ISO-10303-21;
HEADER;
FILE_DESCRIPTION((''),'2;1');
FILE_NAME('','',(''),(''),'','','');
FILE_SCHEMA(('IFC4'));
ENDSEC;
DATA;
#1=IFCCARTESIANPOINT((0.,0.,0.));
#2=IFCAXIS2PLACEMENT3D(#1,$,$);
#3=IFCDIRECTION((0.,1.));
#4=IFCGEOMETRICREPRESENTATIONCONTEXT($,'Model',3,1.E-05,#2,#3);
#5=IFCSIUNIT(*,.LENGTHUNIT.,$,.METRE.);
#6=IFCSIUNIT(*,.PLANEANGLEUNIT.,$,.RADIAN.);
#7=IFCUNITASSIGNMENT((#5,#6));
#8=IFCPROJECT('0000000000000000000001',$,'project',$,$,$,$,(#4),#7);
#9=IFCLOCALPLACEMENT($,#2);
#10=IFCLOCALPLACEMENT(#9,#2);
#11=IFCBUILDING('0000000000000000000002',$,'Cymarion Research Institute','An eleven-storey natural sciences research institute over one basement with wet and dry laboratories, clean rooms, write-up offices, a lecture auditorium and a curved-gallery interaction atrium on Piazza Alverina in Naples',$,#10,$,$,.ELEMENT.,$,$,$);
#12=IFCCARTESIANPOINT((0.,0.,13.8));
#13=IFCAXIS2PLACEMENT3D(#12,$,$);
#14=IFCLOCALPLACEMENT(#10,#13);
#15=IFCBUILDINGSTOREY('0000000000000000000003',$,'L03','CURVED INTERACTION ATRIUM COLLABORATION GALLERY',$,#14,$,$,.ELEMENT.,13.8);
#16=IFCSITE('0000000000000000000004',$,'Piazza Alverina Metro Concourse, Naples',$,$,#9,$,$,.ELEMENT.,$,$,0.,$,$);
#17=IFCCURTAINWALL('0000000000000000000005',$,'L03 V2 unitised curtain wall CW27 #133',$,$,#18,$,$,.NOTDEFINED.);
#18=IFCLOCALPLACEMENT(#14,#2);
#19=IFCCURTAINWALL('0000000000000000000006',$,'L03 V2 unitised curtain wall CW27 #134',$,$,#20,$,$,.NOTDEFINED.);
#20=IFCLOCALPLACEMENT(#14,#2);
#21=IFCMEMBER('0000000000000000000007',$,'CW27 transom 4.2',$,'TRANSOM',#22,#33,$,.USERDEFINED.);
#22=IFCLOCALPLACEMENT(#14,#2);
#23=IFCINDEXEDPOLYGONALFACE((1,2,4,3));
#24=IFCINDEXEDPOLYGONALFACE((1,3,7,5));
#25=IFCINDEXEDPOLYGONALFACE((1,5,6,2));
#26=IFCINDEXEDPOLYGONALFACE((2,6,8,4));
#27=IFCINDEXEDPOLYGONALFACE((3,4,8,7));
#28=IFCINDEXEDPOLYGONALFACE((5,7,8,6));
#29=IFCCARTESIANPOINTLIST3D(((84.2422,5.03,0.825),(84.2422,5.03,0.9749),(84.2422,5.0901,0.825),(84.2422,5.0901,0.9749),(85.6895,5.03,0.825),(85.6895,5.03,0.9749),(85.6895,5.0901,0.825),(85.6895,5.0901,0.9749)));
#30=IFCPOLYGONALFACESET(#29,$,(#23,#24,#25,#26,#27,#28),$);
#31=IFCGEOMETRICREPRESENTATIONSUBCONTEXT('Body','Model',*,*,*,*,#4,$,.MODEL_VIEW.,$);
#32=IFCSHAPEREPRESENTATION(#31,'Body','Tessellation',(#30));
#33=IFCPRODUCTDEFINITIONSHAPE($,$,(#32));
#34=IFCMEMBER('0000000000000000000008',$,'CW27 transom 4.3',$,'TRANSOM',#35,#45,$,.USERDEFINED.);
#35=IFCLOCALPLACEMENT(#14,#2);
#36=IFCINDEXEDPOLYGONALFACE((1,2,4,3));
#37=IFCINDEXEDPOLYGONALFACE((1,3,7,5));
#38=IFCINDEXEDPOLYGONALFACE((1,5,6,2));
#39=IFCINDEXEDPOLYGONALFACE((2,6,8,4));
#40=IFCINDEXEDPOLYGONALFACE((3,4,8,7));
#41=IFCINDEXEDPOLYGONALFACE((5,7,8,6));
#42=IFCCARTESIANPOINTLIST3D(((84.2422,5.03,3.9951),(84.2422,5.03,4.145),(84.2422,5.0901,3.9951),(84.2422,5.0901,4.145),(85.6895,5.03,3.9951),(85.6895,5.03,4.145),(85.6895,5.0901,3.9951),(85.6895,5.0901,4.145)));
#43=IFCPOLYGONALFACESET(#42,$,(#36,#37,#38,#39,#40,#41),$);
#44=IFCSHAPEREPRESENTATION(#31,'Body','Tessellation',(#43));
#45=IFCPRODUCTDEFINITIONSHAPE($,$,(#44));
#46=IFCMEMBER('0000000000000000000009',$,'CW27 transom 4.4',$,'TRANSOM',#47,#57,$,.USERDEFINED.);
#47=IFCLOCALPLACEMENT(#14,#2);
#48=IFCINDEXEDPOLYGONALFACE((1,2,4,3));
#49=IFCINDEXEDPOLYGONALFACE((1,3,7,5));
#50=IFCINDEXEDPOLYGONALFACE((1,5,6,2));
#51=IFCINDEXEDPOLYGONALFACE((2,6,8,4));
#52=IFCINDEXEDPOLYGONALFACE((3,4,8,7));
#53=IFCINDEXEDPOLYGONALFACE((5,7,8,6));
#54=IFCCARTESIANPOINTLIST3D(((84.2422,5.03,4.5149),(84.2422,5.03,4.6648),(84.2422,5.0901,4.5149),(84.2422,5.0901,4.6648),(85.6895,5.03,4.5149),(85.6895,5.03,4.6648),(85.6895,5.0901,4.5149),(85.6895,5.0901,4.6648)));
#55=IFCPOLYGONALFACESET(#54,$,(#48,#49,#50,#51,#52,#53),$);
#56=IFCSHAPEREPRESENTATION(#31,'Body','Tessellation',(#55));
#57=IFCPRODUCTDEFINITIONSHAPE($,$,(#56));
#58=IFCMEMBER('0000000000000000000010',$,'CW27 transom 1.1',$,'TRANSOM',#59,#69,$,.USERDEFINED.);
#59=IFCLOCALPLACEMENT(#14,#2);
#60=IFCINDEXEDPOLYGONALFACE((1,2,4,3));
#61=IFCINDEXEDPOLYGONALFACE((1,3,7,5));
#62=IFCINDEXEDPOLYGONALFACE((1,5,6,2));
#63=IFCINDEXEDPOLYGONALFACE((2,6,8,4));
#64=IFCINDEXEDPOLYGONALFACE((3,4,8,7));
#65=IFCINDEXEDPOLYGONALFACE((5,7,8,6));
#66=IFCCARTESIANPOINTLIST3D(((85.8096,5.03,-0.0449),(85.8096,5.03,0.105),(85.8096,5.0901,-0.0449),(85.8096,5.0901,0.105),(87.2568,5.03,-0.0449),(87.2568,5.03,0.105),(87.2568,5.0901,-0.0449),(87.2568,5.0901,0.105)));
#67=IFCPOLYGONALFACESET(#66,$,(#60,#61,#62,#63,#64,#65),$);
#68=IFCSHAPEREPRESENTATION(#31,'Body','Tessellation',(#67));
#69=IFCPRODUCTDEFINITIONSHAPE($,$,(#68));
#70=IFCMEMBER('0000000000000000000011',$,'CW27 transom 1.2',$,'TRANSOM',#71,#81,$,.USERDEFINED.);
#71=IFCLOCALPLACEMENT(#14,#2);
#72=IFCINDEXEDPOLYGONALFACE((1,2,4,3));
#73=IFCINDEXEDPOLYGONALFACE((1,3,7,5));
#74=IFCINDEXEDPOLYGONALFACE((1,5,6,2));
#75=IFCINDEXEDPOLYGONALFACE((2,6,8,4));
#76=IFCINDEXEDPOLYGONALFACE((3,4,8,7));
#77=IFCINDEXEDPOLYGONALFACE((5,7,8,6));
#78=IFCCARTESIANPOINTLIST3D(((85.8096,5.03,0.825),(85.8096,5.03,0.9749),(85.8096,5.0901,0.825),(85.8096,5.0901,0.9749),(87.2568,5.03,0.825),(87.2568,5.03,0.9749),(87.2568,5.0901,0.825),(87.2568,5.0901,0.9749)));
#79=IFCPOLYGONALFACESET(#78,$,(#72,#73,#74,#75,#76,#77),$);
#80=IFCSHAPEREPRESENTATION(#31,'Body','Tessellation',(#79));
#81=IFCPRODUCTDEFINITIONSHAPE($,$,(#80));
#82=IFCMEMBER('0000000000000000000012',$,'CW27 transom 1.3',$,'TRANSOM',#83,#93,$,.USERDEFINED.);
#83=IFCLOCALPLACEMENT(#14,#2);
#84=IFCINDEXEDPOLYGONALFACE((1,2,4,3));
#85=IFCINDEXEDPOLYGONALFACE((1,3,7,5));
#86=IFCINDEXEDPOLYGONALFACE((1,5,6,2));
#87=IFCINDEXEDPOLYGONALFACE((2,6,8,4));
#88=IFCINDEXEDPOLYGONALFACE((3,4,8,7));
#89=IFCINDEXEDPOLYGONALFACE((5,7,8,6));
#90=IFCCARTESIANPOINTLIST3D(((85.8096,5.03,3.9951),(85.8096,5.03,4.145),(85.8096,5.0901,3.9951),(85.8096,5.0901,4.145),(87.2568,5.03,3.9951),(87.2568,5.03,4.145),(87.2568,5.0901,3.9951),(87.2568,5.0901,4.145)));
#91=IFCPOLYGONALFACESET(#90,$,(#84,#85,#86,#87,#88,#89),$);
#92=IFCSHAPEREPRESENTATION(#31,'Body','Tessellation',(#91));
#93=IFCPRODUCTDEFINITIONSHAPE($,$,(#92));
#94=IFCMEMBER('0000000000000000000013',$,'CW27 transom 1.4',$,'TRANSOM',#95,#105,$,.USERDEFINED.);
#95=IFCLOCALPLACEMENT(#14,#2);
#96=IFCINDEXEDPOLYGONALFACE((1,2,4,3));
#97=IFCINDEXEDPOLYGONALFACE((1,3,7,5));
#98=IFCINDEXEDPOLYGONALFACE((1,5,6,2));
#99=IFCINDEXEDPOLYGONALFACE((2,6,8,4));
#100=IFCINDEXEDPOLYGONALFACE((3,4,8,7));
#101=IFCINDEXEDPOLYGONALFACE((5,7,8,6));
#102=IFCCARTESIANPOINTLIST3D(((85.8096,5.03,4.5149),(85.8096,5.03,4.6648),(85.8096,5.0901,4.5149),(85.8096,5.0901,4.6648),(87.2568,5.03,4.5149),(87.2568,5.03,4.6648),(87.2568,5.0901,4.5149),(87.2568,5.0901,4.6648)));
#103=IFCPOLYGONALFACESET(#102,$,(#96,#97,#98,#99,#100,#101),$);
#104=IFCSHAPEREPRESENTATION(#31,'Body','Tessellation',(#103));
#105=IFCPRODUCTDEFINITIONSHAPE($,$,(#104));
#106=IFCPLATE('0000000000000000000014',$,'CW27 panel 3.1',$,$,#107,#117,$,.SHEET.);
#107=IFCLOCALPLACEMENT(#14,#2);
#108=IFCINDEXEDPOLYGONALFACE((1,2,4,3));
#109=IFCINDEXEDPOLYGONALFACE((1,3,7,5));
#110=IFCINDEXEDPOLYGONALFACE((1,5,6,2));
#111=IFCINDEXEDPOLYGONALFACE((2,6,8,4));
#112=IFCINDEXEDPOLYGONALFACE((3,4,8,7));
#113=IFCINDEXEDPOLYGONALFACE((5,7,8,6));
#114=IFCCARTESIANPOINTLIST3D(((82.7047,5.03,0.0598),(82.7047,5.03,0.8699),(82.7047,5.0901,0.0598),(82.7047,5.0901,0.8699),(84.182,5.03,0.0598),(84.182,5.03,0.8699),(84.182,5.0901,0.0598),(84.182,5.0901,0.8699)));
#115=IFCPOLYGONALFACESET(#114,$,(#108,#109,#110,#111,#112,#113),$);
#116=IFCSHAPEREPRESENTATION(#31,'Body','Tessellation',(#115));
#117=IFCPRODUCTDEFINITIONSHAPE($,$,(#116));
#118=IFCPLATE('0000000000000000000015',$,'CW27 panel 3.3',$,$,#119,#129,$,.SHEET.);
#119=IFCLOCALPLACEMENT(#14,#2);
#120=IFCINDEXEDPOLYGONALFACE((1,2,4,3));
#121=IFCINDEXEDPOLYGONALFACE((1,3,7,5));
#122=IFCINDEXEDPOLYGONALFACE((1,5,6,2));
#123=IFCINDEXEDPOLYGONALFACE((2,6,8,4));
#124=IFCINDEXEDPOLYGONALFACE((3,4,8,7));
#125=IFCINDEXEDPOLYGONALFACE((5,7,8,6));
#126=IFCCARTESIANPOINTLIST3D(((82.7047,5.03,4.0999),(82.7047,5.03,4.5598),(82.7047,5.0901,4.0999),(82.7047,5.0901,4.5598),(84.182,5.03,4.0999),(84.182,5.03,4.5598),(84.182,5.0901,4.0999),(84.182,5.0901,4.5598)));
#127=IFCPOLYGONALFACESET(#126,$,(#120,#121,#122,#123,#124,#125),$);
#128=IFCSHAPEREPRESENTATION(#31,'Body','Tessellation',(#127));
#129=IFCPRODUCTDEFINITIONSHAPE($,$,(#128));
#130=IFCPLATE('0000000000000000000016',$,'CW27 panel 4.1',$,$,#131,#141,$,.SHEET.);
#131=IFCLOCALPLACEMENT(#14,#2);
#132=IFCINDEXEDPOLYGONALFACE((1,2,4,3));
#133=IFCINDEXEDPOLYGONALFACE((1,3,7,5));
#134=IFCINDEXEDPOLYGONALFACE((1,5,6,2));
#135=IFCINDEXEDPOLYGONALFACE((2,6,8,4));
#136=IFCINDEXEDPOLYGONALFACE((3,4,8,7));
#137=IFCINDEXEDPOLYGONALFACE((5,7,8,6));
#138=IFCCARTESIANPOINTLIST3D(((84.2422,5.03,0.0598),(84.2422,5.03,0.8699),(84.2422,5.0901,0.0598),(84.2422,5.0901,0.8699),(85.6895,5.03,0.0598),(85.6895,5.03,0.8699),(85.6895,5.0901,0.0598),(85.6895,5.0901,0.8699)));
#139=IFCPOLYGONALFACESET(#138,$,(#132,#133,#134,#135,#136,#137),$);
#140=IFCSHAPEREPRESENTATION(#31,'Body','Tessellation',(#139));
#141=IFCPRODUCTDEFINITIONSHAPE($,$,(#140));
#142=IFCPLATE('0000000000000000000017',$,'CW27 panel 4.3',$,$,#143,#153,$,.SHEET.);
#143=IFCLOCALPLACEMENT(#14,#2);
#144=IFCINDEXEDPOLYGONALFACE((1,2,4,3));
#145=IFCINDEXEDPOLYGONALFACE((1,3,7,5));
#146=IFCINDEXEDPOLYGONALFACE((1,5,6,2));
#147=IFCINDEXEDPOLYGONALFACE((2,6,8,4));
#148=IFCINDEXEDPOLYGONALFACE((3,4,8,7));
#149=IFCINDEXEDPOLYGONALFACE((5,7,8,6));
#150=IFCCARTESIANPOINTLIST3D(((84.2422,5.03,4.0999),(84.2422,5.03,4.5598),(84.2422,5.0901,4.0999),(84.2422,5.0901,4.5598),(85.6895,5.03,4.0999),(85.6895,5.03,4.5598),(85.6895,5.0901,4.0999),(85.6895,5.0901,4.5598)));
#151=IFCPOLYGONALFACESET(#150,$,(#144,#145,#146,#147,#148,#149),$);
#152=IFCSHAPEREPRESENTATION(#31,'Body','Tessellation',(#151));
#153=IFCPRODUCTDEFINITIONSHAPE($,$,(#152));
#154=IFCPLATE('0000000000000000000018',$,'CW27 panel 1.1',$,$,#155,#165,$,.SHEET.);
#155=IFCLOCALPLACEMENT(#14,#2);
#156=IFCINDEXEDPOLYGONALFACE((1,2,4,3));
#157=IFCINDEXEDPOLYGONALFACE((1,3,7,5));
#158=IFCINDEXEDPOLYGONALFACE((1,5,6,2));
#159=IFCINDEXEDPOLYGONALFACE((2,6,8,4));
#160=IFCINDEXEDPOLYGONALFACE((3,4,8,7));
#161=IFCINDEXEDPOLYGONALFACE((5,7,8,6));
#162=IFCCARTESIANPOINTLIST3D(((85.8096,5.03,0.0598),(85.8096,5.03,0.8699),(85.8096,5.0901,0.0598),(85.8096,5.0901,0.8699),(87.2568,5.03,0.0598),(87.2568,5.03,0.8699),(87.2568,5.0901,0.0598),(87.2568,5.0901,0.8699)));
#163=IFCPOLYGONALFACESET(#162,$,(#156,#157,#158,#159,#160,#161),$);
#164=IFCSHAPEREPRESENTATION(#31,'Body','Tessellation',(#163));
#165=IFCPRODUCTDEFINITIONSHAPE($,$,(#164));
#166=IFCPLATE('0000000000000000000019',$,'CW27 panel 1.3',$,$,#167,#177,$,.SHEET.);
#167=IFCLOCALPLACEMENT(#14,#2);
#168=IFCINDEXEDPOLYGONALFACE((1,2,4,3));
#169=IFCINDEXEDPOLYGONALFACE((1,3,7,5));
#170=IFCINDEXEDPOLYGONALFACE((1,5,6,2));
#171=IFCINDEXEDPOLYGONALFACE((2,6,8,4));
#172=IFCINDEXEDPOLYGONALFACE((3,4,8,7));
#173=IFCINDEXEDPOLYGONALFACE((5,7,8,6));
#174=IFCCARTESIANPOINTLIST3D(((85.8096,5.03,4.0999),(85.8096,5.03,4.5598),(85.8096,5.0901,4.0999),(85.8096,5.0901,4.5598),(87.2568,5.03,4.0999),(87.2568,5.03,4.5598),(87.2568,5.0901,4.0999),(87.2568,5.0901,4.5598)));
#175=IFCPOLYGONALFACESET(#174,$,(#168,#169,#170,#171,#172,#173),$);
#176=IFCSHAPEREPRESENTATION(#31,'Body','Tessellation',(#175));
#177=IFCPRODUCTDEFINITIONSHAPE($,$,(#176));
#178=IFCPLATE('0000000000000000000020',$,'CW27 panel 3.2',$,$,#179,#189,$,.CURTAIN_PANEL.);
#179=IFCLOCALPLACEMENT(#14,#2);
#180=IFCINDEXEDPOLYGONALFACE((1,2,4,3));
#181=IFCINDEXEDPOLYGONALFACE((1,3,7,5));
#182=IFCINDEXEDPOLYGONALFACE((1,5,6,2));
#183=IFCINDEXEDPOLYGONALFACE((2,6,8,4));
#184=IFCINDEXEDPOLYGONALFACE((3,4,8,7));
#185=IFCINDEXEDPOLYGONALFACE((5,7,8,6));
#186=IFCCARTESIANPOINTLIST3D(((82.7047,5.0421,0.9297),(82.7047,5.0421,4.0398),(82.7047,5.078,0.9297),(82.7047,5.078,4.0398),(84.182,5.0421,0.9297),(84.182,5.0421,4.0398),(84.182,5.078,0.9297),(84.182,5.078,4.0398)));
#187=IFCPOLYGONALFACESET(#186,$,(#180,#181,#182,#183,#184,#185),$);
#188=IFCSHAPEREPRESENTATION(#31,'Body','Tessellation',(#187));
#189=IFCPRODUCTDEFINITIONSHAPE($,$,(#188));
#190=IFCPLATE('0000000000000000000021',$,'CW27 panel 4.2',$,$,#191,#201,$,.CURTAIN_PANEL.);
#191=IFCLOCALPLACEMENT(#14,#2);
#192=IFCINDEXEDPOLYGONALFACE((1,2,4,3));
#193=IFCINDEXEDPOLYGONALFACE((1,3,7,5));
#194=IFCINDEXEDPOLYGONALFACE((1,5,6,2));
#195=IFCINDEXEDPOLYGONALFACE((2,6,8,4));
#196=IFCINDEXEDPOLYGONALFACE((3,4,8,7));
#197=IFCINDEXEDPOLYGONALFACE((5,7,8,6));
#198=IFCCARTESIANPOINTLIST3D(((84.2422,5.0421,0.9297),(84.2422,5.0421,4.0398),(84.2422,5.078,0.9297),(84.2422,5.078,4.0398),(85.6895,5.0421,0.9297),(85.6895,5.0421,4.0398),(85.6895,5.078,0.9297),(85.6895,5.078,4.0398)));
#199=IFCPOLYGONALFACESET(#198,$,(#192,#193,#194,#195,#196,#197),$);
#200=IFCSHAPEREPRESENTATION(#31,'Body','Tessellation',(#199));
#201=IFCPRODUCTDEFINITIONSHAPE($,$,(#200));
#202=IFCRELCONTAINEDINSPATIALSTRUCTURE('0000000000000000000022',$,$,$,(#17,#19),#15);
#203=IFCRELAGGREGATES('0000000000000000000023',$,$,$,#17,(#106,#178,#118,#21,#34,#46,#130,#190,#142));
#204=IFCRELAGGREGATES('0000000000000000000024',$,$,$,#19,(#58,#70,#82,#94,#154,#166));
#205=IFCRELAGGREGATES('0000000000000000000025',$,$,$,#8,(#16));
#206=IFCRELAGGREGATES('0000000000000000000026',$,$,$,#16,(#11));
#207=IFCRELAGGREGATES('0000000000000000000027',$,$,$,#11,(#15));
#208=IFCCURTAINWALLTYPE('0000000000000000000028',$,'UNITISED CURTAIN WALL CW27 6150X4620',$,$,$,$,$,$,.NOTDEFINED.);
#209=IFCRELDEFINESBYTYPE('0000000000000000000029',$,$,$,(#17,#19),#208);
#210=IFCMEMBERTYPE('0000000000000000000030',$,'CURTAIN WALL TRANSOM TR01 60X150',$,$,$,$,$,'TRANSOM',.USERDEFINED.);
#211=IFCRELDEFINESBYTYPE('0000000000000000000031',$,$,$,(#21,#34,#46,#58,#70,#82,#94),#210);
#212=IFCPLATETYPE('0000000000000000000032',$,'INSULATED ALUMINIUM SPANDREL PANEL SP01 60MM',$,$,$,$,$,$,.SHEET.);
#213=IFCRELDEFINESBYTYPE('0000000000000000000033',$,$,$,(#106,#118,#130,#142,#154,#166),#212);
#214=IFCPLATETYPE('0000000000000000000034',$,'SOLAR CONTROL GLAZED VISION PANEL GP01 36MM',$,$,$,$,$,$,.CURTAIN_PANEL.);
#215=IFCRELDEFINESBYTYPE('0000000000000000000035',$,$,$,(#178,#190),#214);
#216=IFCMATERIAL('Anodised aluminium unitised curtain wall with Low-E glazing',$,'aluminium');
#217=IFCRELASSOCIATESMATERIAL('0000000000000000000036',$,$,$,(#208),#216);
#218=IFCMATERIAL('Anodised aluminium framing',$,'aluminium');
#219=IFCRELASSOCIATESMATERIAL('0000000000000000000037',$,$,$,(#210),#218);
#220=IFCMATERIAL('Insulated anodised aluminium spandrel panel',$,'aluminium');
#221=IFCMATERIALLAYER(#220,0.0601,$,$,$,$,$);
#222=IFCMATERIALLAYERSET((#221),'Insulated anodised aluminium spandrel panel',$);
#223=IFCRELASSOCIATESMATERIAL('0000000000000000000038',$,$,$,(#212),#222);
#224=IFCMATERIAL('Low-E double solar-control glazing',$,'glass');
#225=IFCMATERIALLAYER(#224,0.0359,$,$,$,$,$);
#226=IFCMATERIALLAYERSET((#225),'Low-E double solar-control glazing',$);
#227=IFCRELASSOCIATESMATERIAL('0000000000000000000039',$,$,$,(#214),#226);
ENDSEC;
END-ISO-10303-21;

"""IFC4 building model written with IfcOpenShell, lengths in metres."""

from ifc_helpers import new_model, si_unit, direction, frame, origin, origin_2d, place, context, subcontext, project, spatial, rectangle, extrude, material, layer, layer_set, material_profile, profile_set, type_object, element, aggregate, save


model = new_model("IFC4")

# Units and contexts
model_context = context("Model", 3, precision=1e-05, world=origin(), true_north=direction((0.0, 1.0)))
body_context = subcontext(model_context, "Body", "Model", "MODEL_VIEW")
ifc_project = project(units=[si_unit("LENGTHUNIT", "METRE"), si_unit("PLANEANGLEUNIT", "RADIAN")], contexts=[model_context])

# Site, building, storey
site_placement = place(None, origin())
site = spatial("IfcSite", under=ifc_project, at=site_placement, Name="Piazza Alverina Metro Concourse, Naples", CompositionType="ELEMENT", RefElevation=0.0)
building_placement = place(site_placement, origin())
building = spatial("IfcBuilding", under=site, at=building_placement, Name="Cymarion Research Institute", Description="An eleven-storey natural sciences research institute over one basement with wet and dry laboratories, clean rooms, write-up offices, a lecture auditorium and a curved-gallery interaction atrium on Piazza Alverina in Naples", CompositionType="ELEMENT")
storey_placement = place(building_placement, frame((0.0, 0.0, 13.8)))
storey = spatial("IfcBuildingStorey", under=building, at=storey_placement, Name="L03", Description="CURVED INTERACTION ATRIUM COLLABORATION GALLERY", CompositionType="ELEMENT", Elevation=13.8)

# Curtain wall
ifc_material_1 = material(Name="Anodised aluminium unitised curtain wall with Low-E glazing", Category="aluminium")
curtain_wall_type = type_object("IfcCurtainWallType", Name="UNITISED CURTAIN WALL CW27 6150X4620", PredefinedType="NOTDEFINED", material=ifc_material_1)
curtain_wall_1_placement = place(storey_placement, origin())
curtain_wall_1 = element("IfcCurtainWall", 1, at=curtain_wall_1_placement, inside=storey, type_object=curtain_wall_type, Name="L03 V2 unitised curtain wall CW27 #133", PredefinedType="NOTDEFINED")
ifc_material_2 = material(Name="Anodised aluminium framing", Category="aluminium")

# Curtain wall
curtain_wall_2_placement = place(storey_placement, origin())
curtain_wall_2 = element("IfcCurtainWall", 2, at=curtain_wall_2_placement, inside=storey, type_object=curtain_wall_type, Name="L03 V2 unitised curtain wall CW27 #134", PredefinedType="NOTDEFINED")

# Members
ifc_material_profile_1 = material_profile(ifc_material_2, rectangle(XDim=0.0601, YDim=0.1499, at=origin_2d()), Name="ALU TRANSOM 60x150")
ifc_profile_set_1 = profile_set([ifc_material_profile_1], Name="Anodised aluminium framing")
member_type_1 = type_object("IfcMemberType", Name="CURTAIN WALL TRANSOM TR01 60X150", ElementType="TRANSOM", PredefinedType="USERDEFINED", material=ifc_profile_set_1)
member_1_placement = place(storey_placement, frame((84.2422, 5.0601, 0.8999), z_axis=(1.0, 0.0, 0.0), x_axis=(0.0, 1.0, 0.0)))
member_1 = element("IfcMember", 3, at=member_1_placement, type_object=member_type_1, Name="CW27 transom 4.2", ObjectType="TRANSOM", PredefinedType="USERDEFINED", context=body_context, shape_type="SweptSolid", body=[
    extrude(rectangle(XDim=0.0601, YDim=0.1499, at=origin_2d()), origin(), (0.0, 0.0, 1.0), 1.4473),
])
member_2_placement = place(storey_placement, frame((84.2422, 5.0601, 4.0701), z_axis=(1.0, 0.0, 0.0), x_axis=(0.0, 1.0, 0.0)))
member_2 = element("IfcMember", 4, at=member_2_placement, type_object=member_type_1, Name="CW27 transom 4.3", ObjectType="TRANSOM", PredefinedType="USERDEFINED", context=body_context, shape_type="SweptSolid", body=[
    extrude(rectangle(XDim=0.0601, YDim=0.1499, at=origin_2d()), origin(), (0.0, 0.0, 1.0), 1.4473),
])
member_3_placement = place(storey_placement, frame((84.2422, 5.0601, 4.5898), z_axis=(1.0, 0.0, 0.0), x_axis=(0.0, 1.0, 0.0)))
member_3 = element("IfcMember", 5, at=member_3_placement, type_object=member_type_1, Name="CW27 transom 4.4", ObjectType="TRANSOM", PredefinedType="USERDEFINED", context=body_context, shape_type="SweptSolid", body=[
    extrude(rectangle(XDim=0.0601, YDim=0.1499, at=origin_2d()), origin(), (0.0, 0.0, 1.0), 1.4473),
])
member_4_placement = place(storey_placement, frame((85.8096, 5.0601, 0.03), z_axis=(1.0, 0.0, 0.0), x_axis=(0.0, 1.0, 0.0)))
member_4 = element("IfcMember", 6, at=member_4_placement, type_object=member_type_1, Name="CW27 transom 1.1", ObjectType="TRANSOM", PredefinedType="USERDEFINED", context=body_context, shape_type="SweptSolid", body=[
    extrude(rectangle(XDim=0.0601, YDim=0.1499, at=origin_2d()), origin(), (0.0, 0.0, 1.0), 1.4473),
])
member_5_placement = place(storey_placement, frame((85.8096, 5.0601, 0.8999), z_axis=(1.0, 0.0, 0.0), x_axis=(0.0, 1.0, 0.0)))
member_5 = element("IfcMember", 7, at=member_5_placement, type_object=member_type_1, Name="CW27 transom 1.2", ObjectType="TRANSOM", PredefinedType="USERDEFINED", context=body_context, shape_type="SweptSolid", body=[
    extrude(rectangle(XDim=0.0601, YDim=0.1499, at=origin_2d()), origin(), (0.0, 0.0, 1.0), 1.4473),
])
member_6_placement = place(storey_placement, frame((85.8096, 5.0601, 4.0701), z_axis=(1.0, 0.0, 0.0), x_axis=(0.0, 1.0, 0.0)))
member_6 = element("IfcMember", 8, at=member_6_placement, type_object=member_type_1, Name="CW27 transom 1.3", ObjectType="TRANSOM", PredefinedType="USERDEFINED", context=body_context, shape_type="SweptSolid", body=[
    extrude(rectangle(XDim=0.0601, YDim=0.1499, at=origin_2d()), origin(), (0.0, 0.0, 1.0), 1.4473),
])
member_7_placement = place(storey_placement, frame((85.8096, 5.0601, 4.5898), z_axis=(1.0, 0.0, 0.0), x_axis=(0.0, 1.0, 0.0)))
member_7 = element("IfcMember", 9, at=member_7_placement, type_object=member_type_1, Name="CW27 transom 1.4", ObjectType="TRANSOM", PredefinedType="USERDEFINED", context=body_context, shape_type="SweptSolid", body=[
    extrude(rectangle(XDim=0.0601, YDim=0.1499, at=origin_2d()), origin(), (0.0, 0.0, 1.0), 1.4473),
])

# Plates
ifc_material_3 = material(Name="Insulated anodised aluminium spandrel panel", Category="aluminium")
ifc_layer_1 = layer(ifc_material_3, 0.0601)
ifc_layer_set_1 = layer_set([ifc_layer_1], Name="Insulated anodised aluminium spandrel panel")
plate_type_1 = type_object("IfcPlateType", Name="INSULATED ALUMINIUM SPANDREL PANEL SP01 60MM", PredefinedType="SHEET", material=ifc_layer_set_1)
plate_1_placement = place(storey_placement, frame((83.4434, 5.0601, 0.0598), z_axis=(0.0, 0.0, 1.0), x_axis=(1.0, 0.0, 0.0)))
plate_1 = element("IfcPlate", 10, at=plate_1_placement, type_object=plate_type_1, Name="CW27 panel 3.1", PredefinedType="SHEET", context=body_context, shape_type="SweptSolid", body=[
    extrude(rectangle(XDim=1.4773, YDim=0.0601, at=origin_2d()), origin(), (0.0, 0.0, 1.0), 0.8101),
])
plate_2_placement = place(storey_placement, frame((83.4434, 5.0601, 4.0999), z_axis=(0.0, 0.0, 1.0), x_axis=(1.0, 0.0, 0.0)))
plate_2 = element("IfcPlate", 11, at=plate_2_placement, type_object=plate_type_1, Name="CW27 panel 3.3", PredefinedType="SHEET", context=body_context, shape_type="SweptSolid", body=[
    extrude(rectangle(XDim=1.4773, YDim=0.0601, at=origin_2d()), origin(), (0.0, 0.0, 1.0), 0.46),
])
plate_3_placement = place(storey_placement, frame((84.9658, 5.0601, 0.0598), z_axis=(0.0, 0.0, 1.0), x_axis=(1.0, 0.0, 0.0)))
plate_3 = element("IfcPlate", 12, at=plate_3_placement, type_object=plate_type_1, Name="CW27 panel 4.1", PredefinedType="SHEET", context=body_context, shape_type="SweptSolid", body=[
    extrude(rectangle(XDim=1.4473, YDim=0.0601, at=origin_2d()), origin(), (0.0, 0.0, 1.0), 0.8101),
])
plate_4_placement = place(storey_placement, frame((84.9658, 5.0601, 4.0999), z_axis=(0.0, 0.0, 1.0), x_axis=(1.0, 0.0, 0.0)))
plate_4 = element("IfcPlate", 13, at=plate_4_placement, type_object=plate_type_1, Name="CW27 panel 4.3", PredefinedType="SHEET", context=body_context, shape_type="SweptSolid", body=[
    extrude(rectangle(XDim=1.4473, YDim=0.0601, at=origin_2d()), origin(), (0.0, 0.0, 1.0), 0.46),
])
plate_5_placement = place(storey_placement, frame((86.5332, 5.0601, 0.0598), z_axis=(0.0, 0.0, 1.0), x_axis=(1.0, 0.0, 0.0)))
plate_5 = element("IfcPlate", 14, at=plate_5_placement, type_object=plate_type_1, Name="CW27 panel 1.1", PredefinedType="SHEET", context=body_context, shape_type="SweptSolid", body=[
    extrude(rectangle(XDim=1.4473, YDim=0.0601, at=origin_2d()), origin(), (0.0, 0.0, 1.0), 0.8101),
])
plate_6_placement = place(storey_placement, frame((86.5332, 5.0601, 4.0999), z_axis=(0.0, 0.0, 1.0), x_axis=(1.0, 0.0, 0.0)))
plate_6 = element("IfcPlate", 15, at=plate_6_placement, type_object=plate_type_1, Name="CW27 panel 1.3", PredefinedType="SHEET", context=body_context, shape_type="SweptSolid", body=[
    extrude(rectangle(XDim=1.4473, YDim=0.0601, at=origin_2d()), origin(), (0.0, 0.0, 1.0), 0.46),
])
ifc_material_4 = material(Name="Low-E double solar-control glazing", Category="glass")
ifc_layer_2 = layer(ifc_material_4, 0.0359)
ifc_layer_set_2 = layer_set([ifc_layer_2], Name="Low-E double solar-control glazing")
plate_type_2 = type_object("IfcPlateType", Name="SOLAR CONTROL GLAZED VISION PANEL GP01 36MM", PredefinedType="CURTAIN_PANEL", material=ifc_layer_set_2)
plate_7_placement = place(storey_placement, frame((83.4434, 5.0601, 0.9297), z_axis=(0.0, 0.0, 1.0), x_axis=(1.0, 0.0, 0.0)))
plate_7 = element("IfcPlate", 16, at=plate_7_placement, type_object=plate_type_2, Name="CW27 panel 3.2", PredefinedType="CURTAIN_PANEL", context=body_context, shape_type="SweptSolid", body=[
    extrude(rectangle(XDim=1.4773, YDim=0.0359, at=origin_2d()), origin(), (0.0, 0.0, 1.0), 3.1101),
])
plate_8_placement = place(storey_placement, frame((84.9658, 5.0601, 0.9297), z_axis=(0.0, 0.0, 1.0), x_axis=(1.0, 0.0, 0.0)))
plate_8 = element("IfcPlate", 17, at=plate_8_placement, type_object=plate_type_2, Name="CW27 panel 4.2", PredefinedType="CURTAIN_PANEL", context=body_context, shape_type="SweptSolid", body=[
    extrude(rectangle(XDim=1.4473, YDim=0.0359, at=origin_2d()), origin(), (0.0, 0.0, 1.0), 3.1101),
])
aggregate(curtain_wall_1, [plate_1, plate_7, plate_2, member_1, member_2, member_3, plate_3, plate_8, plate_4])
aggregate(curtain_wall_2, [member_4, member_5, member_6, member_7, plate_5, plate_6])

save(model, "model.ifc")
